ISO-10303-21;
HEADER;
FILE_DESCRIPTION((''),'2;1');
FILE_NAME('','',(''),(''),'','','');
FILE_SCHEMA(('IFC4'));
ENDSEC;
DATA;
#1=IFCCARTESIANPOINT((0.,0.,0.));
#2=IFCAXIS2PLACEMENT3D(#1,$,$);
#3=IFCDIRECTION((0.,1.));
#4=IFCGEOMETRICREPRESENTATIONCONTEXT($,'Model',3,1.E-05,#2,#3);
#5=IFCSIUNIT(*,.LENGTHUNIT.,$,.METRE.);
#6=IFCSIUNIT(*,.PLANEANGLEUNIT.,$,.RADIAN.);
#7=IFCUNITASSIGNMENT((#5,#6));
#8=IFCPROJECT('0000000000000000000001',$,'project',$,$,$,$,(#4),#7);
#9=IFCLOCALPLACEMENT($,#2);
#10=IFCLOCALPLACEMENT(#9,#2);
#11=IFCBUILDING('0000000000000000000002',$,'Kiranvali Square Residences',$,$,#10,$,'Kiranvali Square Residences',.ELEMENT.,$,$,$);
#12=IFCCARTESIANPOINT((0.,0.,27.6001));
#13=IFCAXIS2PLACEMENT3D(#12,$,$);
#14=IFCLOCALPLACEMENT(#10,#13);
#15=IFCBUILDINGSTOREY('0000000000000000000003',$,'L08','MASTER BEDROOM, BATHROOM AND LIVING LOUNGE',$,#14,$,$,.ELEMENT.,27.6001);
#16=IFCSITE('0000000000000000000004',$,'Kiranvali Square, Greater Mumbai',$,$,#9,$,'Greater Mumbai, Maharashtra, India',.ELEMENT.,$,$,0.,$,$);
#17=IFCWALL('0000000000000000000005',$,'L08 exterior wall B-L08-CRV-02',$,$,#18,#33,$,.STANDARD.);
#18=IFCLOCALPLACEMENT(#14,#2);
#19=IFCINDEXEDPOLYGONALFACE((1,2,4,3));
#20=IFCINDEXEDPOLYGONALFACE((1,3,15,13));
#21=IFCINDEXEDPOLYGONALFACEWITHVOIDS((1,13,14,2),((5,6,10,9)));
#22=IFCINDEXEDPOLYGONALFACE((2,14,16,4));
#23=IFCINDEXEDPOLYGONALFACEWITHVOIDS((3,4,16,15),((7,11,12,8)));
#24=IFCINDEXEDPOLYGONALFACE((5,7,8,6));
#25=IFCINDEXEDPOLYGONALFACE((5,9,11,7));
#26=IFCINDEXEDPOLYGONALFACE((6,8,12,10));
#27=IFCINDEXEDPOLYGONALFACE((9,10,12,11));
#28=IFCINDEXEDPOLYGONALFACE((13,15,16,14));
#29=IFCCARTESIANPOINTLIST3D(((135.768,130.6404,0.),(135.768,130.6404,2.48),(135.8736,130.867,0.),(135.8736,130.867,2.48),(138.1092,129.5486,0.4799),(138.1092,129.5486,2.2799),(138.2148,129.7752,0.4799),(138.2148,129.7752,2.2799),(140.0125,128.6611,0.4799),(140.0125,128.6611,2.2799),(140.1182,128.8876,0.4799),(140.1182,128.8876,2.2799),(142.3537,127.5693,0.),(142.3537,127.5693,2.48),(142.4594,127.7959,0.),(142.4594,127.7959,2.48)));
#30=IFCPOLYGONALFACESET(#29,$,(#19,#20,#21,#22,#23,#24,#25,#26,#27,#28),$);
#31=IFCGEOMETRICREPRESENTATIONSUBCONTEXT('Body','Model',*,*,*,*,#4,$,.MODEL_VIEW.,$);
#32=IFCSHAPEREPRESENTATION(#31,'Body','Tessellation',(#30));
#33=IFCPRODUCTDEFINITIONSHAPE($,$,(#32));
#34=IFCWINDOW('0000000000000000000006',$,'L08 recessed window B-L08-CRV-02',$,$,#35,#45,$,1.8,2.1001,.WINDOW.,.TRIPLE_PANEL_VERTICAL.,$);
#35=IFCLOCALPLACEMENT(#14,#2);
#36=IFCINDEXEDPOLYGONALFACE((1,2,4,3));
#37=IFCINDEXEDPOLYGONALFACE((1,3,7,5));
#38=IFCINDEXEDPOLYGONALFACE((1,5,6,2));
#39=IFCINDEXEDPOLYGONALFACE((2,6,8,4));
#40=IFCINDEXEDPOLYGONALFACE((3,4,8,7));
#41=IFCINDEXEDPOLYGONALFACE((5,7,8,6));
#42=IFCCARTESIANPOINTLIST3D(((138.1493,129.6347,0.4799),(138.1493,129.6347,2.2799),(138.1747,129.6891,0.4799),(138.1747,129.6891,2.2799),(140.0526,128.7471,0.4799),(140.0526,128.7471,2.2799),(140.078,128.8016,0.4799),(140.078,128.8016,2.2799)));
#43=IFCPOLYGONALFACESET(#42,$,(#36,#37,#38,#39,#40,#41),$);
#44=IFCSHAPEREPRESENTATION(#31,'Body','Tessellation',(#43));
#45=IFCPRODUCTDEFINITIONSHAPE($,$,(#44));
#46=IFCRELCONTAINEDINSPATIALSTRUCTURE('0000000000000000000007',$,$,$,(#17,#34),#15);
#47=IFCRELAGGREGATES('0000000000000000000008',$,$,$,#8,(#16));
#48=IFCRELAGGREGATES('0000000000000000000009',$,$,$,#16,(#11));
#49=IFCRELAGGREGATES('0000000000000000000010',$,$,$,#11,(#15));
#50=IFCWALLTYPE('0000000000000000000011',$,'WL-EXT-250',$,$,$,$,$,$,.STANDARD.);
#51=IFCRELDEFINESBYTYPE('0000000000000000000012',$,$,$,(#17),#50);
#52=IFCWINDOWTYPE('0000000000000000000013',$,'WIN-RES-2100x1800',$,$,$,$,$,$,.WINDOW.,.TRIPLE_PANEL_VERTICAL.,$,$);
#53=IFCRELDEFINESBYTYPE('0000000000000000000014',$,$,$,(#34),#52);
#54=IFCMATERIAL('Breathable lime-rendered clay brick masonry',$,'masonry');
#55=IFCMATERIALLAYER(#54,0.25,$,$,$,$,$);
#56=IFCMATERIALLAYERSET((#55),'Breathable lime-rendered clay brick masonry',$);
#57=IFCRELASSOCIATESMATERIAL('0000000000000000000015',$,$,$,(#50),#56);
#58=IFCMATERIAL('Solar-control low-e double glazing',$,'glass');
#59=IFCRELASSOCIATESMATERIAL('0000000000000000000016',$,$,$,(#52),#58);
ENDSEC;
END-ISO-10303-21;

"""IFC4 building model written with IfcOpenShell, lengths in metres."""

from ifc_helpers import new_model, si_unit, direction, frame, frame_2d, origin, place, context, subcontext, project, spatial, rectangle, extrude, material, layer, layer_set, type_object, element, fill, save


model = new_model("IFC4")

# Units and contexts
model_context = context("Model", 3, precision=1e-05, world=origin(), true_north=direction((0.0, 1.0)))
body_context = subcontext(model_context, "Body", "Model", "MODEL_VIEW")
ifc_project = project(units=[si_unit("LENGTHUNIT", "METRE"), si_unit("PLANEANGLEUNIT", "RADIAN")], contexts=[model_context])

# Site, building, storey
site_placement = place(None, origin())
site = spatial("IfcSite", under=ifc_project, at=site_placement, Name="Kiranvali Square, Greater Mumbai", LongName="Greater Mumbai, Maharashtra, India", CompositionType="ELEMENT", RefElevation=0.0)
building_placement = place(site_placement, origin())
building = spatial("IfcBuilding", under=site, at=building_placement, Name="Kiranvali Square Residences", LongName="Kiranvali Square Residences", CompositionType="ELEMENT")
storey_placement = place(building_placement, frame((0.0, 0.0, 27.6001)))
storey = spatial("IfcBuildingStorey", under=building, at=storey_placement, Name="L08", Description="MASTER BEDROOM, BATHROOM AND LIVING LOUNGE", CompositionType="ELEMENT", Elevation=27.6001)

# Shared definitions
ifc_material_1 = material(Name="Breathable lime-rendered clay brick masonry", Category="masonry")
ifc_layer = layer(ifc_material_1, 0.25)
ifc_layer_set = layer_set([ifc_layer], Name="Breathable lime-rendered clay brick masonry")
wall_type = type_object("IfcWallType", Name="WL-EXT-250", PredefinedType="STANDARD", material=ifc_layer_set)
ifc_material_2 = material(Name="Solar-control low-e double glazing", Category="glass")

# Wall, opening, window
wall_1_placement = place(storey_placement, frame((135.8208, 130.7537, 0.0), z_axis=(0.0, 0.0, 1.0), x_axis=(0.906303, -0.422628, 0.0)))
wall_1 = element("IfcWall", 1, at=wall_1_placement, inside=storey, type_object=wall_type, Name="L08 exterior wall B-L08-CRV-02", PredefinedType="STANDARD", context=body_context, shape_type="SweptSolid", body=[
    extrude(rectangle(XDim=7.2666, YDim=0.25, at=frame_2d((3.6333, 0.0))), origin(), (0.0, 0.0, 1.0), 2.48),
])
opening_1_placement = place(wall_1_placement, frame((2.5833, 0.0, 0.48)))
opening_1 = element("IfcOpeningElement", 2, at=opening_1_placement, cuts=wall_1, PredefinedType="OPENING", context=body_context, shape_type="SweptSolid", body=[
    extrude(rectangle(XDim=2.1001, YDim=1.8, at=frame_2d((1.05, 0.8999))), frame((0.0, 0.135, 0.0), z_axis=(0.0, -1.0, 0.0), x_axis=(1.0, 0.0, 0.0)), (0.0, 0.0, 1.0), 0.27),
])
window_type_1 = type_object("IfcWindowType", Name="WIN-RES-2100x1800", PartitioningType="TRIPLE_PANEL_VERTICAL", PredefinedType="WINDOW", material=ifc_material_2)
window_1_placement = place(opening_1_placement, origin())
window_1 = element("IfcWindow", 3, at=window_1_placement, inside=storey, type_object=window_type_1, Name="L08 recessed window B-L08-CRV-02", OverallHeight=1.8, OverallWidth=2.1001, PartitioningType="TRIPLE_PANEL_VERTICAL", PredefinedType="WINDOW", context=body_context, shape_type="SweptSolid", body=[
    extrude(rectangle(XDim=2.1001, YDim=1.8, at=frame_2d((1.05, 0.8999))), frame((0.0, 0.03, 0.0), z_axis=(0.0, -1.0, 0.0), x_axis=(1.0, 0.0, 0.0)), (0.0, 0.0, 1.0), 0.0601),
])
fill(opening_1, window_1)

save(model, "model.ifc")
